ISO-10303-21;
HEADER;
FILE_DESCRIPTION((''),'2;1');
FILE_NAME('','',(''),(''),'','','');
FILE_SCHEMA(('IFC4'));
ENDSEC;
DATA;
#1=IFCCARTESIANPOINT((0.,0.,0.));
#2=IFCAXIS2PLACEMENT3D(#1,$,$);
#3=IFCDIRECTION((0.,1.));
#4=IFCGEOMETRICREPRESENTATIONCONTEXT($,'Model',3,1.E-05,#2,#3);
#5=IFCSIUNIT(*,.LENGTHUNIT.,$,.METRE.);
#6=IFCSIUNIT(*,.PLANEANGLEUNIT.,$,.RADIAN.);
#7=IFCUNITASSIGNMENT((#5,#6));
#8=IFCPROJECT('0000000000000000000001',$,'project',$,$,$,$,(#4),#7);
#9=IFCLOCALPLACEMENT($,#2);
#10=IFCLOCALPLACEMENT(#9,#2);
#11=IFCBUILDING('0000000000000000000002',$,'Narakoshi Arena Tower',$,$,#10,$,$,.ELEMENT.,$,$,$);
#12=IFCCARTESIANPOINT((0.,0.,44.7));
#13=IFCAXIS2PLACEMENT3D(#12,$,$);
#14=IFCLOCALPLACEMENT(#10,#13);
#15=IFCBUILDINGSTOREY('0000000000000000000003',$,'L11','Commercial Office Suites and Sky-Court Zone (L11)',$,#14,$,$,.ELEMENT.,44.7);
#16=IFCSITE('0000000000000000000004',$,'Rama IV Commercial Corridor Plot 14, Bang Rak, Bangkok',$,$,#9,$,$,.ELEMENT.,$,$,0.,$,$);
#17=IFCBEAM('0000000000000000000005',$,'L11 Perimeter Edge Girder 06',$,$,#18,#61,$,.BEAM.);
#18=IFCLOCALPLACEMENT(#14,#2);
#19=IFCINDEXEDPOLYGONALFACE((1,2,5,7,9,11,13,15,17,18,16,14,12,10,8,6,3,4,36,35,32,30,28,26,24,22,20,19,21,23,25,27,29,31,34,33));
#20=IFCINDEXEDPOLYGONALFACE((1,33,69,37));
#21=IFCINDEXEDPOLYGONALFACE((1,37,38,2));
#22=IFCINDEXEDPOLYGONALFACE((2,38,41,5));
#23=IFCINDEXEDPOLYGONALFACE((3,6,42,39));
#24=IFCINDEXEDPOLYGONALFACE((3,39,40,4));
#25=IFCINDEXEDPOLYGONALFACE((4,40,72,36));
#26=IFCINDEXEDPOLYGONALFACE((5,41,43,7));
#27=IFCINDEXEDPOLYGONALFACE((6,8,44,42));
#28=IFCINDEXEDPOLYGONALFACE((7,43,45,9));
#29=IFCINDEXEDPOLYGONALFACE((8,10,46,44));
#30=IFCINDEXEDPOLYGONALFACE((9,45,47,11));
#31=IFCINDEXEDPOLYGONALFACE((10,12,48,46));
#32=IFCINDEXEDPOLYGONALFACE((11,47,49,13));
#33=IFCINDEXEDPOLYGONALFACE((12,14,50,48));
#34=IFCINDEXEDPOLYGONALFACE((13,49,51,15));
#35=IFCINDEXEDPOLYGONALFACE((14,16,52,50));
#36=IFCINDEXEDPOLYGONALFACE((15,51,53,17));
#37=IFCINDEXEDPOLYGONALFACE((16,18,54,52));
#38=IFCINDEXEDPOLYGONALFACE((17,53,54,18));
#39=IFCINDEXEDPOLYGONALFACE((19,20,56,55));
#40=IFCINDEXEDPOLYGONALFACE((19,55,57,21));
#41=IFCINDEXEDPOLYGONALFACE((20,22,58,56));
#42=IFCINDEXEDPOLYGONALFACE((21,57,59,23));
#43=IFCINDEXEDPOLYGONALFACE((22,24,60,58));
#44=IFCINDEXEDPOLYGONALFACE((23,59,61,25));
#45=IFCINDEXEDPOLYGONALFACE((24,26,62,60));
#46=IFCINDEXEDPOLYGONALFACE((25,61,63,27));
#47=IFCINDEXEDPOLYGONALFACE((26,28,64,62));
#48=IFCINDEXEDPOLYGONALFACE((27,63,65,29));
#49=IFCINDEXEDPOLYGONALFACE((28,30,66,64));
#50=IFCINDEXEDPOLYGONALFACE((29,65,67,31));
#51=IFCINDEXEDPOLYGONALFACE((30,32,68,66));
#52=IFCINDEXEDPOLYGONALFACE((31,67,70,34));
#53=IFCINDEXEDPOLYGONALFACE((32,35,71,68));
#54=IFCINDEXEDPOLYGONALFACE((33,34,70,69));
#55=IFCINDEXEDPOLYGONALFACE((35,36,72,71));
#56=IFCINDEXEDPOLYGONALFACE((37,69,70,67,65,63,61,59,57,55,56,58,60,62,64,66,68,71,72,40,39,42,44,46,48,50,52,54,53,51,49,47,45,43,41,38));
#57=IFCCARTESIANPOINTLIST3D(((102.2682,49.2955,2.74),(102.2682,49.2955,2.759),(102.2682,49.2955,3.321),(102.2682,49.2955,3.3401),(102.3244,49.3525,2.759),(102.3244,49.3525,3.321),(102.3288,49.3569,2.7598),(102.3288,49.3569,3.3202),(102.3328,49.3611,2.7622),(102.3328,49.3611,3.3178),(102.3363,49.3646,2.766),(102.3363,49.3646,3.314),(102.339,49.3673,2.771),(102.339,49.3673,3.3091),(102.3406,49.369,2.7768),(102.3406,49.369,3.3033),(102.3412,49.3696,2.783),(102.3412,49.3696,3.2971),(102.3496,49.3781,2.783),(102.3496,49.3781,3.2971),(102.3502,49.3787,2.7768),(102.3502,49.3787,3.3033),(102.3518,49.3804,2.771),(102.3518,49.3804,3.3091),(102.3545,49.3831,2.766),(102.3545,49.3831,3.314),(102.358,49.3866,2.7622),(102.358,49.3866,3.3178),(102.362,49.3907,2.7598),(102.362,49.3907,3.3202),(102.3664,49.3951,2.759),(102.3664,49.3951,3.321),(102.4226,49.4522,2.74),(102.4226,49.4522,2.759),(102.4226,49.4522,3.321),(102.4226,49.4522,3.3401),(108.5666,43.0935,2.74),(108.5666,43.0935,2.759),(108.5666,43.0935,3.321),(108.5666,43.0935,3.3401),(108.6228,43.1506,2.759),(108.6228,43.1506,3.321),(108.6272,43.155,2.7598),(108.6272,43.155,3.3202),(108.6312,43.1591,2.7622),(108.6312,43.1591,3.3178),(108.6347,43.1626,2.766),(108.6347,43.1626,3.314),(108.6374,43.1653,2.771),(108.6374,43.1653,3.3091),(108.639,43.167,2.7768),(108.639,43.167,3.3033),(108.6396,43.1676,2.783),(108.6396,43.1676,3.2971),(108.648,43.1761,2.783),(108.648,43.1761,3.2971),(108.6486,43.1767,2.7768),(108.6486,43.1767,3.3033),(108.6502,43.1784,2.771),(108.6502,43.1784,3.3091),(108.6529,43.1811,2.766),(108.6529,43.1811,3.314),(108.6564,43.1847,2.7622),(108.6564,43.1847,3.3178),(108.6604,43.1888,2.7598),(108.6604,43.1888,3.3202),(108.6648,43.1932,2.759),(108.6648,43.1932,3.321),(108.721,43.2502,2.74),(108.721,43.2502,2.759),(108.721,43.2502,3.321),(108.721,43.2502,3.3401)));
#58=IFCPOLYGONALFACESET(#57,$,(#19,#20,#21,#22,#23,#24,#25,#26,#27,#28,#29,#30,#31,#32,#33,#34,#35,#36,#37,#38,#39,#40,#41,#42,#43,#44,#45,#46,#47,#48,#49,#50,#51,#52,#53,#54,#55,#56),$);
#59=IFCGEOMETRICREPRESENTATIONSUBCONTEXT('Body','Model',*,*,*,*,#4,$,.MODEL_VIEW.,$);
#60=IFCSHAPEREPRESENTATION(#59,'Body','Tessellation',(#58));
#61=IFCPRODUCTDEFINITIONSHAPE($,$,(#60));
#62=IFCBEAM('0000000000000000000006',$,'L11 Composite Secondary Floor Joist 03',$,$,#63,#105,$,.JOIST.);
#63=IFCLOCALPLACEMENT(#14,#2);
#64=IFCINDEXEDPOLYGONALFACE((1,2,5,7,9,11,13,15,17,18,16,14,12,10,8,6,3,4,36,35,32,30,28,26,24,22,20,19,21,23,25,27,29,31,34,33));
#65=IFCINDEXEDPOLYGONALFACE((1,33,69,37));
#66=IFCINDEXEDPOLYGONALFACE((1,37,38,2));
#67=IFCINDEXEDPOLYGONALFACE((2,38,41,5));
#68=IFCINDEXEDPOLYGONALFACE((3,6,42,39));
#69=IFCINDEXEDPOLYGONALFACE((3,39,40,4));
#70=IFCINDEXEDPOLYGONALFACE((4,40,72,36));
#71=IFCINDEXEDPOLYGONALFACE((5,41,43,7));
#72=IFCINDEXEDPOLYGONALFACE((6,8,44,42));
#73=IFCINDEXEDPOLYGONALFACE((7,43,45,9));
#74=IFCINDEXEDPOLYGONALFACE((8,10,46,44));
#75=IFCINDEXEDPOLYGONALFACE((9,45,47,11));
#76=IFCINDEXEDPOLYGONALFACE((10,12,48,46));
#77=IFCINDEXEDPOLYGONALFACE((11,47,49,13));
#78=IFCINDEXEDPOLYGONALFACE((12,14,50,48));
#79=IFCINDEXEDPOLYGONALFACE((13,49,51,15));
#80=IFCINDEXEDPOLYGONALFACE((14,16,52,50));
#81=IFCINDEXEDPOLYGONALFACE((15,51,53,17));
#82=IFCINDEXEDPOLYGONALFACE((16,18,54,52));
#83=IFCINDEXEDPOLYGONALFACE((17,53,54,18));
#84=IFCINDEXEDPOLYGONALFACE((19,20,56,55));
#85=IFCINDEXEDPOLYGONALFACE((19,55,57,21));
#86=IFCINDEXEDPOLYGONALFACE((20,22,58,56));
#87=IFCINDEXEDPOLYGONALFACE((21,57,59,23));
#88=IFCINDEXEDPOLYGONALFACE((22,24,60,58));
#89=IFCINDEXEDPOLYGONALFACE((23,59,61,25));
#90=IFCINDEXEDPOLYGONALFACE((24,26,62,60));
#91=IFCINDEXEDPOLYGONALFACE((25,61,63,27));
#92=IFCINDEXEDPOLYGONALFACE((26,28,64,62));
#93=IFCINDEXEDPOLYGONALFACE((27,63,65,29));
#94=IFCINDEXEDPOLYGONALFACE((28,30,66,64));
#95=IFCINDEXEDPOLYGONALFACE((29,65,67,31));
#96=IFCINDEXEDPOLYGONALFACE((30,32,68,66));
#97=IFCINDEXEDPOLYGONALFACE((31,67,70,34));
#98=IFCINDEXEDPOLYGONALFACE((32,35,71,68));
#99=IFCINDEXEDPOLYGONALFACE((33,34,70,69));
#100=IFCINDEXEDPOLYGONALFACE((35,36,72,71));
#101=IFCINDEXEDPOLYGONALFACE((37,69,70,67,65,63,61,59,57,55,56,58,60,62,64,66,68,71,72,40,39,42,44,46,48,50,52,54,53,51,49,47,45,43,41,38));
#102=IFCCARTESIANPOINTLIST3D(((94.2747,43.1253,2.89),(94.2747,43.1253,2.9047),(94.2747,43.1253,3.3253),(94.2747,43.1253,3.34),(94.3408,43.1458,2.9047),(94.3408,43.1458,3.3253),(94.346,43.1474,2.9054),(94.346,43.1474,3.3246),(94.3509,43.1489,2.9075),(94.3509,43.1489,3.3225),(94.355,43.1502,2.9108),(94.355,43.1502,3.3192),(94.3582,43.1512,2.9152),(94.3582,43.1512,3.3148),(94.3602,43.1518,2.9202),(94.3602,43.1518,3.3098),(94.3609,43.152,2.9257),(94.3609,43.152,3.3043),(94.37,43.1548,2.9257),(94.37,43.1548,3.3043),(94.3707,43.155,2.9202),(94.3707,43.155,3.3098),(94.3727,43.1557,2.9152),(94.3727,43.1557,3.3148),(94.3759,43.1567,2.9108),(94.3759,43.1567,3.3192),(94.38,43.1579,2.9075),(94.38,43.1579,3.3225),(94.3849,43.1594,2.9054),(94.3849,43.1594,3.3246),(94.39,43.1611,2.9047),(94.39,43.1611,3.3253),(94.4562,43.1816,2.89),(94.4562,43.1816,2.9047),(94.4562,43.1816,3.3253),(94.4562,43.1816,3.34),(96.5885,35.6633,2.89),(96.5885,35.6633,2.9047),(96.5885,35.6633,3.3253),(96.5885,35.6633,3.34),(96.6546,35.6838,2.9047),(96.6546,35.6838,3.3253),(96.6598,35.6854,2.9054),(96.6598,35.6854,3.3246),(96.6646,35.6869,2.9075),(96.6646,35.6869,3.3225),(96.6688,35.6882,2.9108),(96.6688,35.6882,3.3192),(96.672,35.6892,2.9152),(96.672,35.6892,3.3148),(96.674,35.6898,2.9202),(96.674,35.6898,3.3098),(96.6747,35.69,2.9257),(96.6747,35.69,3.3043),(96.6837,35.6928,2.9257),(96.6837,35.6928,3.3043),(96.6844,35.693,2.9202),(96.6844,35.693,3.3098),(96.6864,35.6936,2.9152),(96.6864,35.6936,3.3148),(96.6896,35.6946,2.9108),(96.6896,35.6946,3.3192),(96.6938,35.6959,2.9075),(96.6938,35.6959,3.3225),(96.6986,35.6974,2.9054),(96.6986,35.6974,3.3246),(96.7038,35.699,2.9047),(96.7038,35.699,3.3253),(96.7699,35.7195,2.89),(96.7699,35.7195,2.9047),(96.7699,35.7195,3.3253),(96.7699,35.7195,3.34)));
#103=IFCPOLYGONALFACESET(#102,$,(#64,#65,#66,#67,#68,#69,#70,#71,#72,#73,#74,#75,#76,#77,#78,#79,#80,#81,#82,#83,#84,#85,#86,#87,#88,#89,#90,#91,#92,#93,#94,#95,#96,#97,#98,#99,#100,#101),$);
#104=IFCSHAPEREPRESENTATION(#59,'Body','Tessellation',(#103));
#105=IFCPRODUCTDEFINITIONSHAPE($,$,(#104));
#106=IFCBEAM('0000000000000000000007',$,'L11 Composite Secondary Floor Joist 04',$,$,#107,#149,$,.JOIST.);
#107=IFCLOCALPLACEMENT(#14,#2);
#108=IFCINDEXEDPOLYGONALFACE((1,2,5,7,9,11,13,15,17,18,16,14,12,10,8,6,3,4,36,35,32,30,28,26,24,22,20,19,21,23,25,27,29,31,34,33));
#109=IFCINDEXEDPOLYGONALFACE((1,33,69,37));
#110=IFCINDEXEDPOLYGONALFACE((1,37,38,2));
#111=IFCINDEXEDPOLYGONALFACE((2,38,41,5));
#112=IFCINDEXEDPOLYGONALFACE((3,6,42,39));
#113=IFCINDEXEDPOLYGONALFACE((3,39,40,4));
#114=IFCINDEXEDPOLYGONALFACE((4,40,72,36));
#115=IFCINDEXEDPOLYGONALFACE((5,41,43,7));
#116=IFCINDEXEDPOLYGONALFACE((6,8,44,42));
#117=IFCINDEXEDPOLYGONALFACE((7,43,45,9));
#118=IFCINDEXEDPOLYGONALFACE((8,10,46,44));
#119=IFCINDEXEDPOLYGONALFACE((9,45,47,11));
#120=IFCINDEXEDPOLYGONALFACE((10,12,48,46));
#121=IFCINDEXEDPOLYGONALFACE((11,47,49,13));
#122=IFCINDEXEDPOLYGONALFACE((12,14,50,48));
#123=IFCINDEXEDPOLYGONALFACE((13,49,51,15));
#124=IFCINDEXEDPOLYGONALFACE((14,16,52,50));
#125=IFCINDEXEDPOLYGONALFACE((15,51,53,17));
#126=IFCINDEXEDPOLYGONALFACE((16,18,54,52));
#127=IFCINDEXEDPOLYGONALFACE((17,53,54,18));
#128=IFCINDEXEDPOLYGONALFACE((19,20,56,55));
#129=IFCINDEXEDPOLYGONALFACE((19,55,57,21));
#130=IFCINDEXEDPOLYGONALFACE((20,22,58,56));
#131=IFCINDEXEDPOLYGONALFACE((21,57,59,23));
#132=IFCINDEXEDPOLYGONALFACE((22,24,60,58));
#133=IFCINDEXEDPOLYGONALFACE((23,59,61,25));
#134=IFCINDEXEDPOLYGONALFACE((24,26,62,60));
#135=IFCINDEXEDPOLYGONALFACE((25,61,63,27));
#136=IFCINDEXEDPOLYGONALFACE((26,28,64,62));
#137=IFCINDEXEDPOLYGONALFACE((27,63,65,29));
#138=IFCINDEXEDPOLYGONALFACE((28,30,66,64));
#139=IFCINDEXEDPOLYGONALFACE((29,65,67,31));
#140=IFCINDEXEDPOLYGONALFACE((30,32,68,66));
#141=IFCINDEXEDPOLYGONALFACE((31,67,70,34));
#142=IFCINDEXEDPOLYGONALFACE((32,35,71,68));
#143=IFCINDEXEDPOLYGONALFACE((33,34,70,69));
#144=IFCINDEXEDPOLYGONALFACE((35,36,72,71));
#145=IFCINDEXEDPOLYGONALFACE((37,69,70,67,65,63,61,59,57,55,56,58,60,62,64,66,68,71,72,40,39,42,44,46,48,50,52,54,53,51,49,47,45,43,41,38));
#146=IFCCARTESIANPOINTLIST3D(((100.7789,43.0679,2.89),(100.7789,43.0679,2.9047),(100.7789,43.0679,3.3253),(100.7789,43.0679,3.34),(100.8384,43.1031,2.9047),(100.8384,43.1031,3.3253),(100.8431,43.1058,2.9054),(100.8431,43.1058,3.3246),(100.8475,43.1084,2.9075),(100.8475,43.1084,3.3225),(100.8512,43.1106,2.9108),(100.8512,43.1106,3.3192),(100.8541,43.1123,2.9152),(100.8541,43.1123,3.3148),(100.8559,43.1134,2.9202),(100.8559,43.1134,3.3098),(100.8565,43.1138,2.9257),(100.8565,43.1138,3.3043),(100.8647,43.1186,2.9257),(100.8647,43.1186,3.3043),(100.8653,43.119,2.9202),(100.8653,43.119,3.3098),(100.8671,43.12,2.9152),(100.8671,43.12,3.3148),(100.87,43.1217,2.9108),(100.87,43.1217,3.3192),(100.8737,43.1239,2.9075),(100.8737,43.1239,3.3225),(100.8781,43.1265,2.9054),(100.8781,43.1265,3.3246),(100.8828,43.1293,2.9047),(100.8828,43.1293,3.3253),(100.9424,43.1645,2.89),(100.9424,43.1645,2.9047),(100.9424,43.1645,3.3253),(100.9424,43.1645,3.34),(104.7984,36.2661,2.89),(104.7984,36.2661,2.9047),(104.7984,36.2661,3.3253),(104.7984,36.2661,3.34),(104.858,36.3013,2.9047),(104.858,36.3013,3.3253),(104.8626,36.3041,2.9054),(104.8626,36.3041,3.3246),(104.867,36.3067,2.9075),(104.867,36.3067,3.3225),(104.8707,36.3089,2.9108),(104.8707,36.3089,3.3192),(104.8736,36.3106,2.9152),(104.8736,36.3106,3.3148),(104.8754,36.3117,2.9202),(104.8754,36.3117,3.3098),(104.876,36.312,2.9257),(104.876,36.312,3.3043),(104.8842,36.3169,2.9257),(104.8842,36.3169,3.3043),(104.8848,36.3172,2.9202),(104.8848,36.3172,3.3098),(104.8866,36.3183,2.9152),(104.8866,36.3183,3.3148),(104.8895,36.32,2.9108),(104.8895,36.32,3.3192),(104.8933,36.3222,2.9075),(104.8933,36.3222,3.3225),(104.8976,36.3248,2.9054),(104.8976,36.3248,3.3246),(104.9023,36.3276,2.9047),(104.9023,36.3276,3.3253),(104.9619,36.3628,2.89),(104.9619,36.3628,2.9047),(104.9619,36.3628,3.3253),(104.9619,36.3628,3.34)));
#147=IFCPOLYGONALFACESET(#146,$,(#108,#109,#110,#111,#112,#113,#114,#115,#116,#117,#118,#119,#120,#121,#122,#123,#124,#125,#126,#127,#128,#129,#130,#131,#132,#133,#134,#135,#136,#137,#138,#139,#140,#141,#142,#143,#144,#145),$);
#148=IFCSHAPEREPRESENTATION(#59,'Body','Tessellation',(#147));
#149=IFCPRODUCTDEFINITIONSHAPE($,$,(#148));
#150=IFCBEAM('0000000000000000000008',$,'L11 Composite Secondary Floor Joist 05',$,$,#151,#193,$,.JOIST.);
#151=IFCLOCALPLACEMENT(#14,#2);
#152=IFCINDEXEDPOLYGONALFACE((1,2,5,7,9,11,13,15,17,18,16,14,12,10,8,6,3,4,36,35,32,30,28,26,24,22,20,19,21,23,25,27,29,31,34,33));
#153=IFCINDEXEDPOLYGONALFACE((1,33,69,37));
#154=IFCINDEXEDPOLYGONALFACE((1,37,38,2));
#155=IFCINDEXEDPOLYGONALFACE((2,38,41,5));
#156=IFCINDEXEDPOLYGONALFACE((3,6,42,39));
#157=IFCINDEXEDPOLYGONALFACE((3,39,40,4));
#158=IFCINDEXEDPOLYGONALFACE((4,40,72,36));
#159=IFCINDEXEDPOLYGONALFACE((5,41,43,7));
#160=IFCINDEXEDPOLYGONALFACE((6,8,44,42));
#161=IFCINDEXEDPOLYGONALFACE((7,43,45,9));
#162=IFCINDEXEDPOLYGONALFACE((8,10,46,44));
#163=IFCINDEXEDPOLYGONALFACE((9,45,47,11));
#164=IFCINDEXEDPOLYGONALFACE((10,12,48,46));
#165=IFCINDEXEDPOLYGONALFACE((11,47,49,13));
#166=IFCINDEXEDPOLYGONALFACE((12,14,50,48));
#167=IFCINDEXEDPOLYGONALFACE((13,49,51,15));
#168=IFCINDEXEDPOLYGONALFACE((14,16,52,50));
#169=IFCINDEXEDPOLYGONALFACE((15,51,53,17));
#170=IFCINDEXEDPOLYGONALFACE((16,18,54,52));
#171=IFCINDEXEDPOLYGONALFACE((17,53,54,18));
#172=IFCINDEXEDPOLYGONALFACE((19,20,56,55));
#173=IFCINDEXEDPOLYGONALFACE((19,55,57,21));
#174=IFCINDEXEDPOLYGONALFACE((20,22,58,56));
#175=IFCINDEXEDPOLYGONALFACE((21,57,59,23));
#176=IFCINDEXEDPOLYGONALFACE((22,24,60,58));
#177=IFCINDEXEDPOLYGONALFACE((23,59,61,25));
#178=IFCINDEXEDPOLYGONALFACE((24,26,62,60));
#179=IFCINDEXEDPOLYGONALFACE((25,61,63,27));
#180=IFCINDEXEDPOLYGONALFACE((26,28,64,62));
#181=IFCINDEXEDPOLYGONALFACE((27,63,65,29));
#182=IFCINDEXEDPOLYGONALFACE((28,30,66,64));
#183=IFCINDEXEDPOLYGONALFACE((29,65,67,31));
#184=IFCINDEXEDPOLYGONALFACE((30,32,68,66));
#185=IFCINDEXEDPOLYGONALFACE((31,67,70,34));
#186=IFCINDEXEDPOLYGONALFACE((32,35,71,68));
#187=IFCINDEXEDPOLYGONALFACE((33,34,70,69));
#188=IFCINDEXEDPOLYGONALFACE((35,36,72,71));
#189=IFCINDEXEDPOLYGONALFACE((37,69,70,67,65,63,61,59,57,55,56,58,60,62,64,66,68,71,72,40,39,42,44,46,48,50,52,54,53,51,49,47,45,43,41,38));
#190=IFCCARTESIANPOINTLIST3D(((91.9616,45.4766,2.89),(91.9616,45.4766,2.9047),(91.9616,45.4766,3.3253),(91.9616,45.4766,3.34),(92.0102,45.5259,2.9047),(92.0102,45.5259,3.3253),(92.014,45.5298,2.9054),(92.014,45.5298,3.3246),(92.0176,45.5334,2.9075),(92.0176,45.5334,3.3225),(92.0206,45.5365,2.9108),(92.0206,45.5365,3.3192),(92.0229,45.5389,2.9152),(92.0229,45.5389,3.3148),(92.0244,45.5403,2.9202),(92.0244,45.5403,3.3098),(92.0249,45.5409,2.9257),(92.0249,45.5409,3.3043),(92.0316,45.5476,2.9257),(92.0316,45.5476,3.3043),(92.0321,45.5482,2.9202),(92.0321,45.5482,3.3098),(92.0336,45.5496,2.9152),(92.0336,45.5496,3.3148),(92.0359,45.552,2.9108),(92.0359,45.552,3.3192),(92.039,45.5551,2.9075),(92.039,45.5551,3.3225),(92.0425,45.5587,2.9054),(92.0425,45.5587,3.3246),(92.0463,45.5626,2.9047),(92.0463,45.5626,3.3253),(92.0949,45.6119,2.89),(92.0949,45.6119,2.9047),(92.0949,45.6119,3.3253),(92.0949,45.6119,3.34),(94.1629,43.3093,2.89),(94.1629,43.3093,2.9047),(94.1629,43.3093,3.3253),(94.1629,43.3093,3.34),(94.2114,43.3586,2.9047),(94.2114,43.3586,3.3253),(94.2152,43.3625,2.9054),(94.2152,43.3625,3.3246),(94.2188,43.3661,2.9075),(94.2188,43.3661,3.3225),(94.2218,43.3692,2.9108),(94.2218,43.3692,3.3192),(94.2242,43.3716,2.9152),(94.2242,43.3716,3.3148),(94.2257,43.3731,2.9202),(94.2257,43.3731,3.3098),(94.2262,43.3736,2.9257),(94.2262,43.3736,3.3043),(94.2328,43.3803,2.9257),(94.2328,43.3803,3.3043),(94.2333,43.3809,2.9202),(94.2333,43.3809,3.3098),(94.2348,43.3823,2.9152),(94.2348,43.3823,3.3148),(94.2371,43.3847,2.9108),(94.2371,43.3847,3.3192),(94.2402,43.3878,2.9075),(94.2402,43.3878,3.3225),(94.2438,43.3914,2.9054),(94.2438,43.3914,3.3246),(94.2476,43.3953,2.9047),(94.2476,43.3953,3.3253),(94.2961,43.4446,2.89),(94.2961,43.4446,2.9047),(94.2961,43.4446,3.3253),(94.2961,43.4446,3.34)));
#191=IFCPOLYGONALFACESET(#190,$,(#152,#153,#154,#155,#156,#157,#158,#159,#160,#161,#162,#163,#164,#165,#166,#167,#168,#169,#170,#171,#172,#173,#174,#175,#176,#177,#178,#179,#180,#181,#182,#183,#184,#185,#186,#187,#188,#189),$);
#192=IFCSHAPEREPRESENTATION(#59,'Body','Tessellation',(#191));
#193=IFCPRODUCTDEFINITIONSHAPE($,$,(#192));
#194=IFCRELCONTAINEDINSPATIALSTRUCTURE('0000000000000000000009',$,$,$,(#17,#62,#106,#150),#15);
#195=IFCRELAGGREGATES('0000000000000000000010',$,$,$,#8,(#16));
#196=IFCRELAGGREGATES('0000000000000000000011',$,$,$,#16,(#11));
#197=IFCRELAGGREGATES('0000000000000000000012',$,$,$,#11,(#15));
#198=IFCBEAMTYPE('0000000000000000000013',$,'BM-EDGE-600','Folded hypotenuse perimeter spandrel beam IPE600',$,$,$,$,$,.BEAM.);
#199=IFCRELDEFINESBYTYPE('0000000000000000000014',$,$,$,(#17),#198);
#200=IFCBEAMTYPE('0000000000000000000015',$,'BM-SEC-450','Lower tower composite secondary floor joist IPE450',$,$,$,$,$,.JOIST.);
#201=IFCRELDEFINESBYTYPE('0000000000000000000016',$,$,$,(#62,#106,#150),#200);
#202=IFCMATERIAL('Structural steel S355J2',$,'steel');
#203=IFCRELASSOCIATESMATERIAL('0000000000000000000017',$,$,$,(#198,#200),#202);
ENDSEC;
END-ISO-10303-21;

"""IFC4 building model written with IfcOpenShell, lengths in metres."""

from ifc_helpers import new_model, si_unit, direction, frame, origin, origin_2d, place, context, subcontext, project, spatial, i_section, extrude, material, material_profile, profile_set, type_object, element, save


model = new_model("IFC4")

# Units and contexts
model_context = context("Model", 3, precision=1e-05, world=origin(), true_north=direction((0.0, 1.0)))
body_context = subcontext(model_context, "Body", "Model", "MODEL_VIEW")
ifc_project = project(units=[si_unit("LENGTHUNIT", "METRE"), si_unit("PLANEANGLEUNIT", "RADIAN")], contexts=[model_context])

# Site, building, storey
site_placement = place(None, origin())
site = spatial("IfcSite", under=ifc_project, at=site_placement, Name="Rama IV Commercial Corridor Plot 14, Bang Rak, Bangkok", CompositionType="ELEMENT", RefElevation=0.0)
building_placement = place(site_placement, origin())
building = spatial("IfcBuilding", under=site, at=building_placement, Name="Narakoshi Arena Tower", CompositionType="ELEMENT")
storey_placement = place(building_placement, frame((0.0, 0.0, 44.7)))
storey = spatial("IfcBuildingStorey", under=building, at=storey_placement, Name="L11", Description="Commercial Office Suites and Sky-Court Zone (L11)", CompositionType="ELEMENT", Elevation=44.7)

# Beams
ifc_material_1 = material(Name="Structural steel S355J2", Category="steel")
ifc_material_profile_1 = material_profile(ifc_material_1, i_section(OverallWidth=0.22, OverallDepth=0.6001, WebThickness=0.012, FlangeThickness=0.019, FilletRadius=0.0239, at=origin_2d()), Name="IPE600")
ifc_profile_set_1 = profile_set([ifc_material_profile_1], Name="Structural steel S355J2")
beam_type_1 = type_object("IfcBeamType", Name="BM-EDGE-600", Description="Folded hypotenuse perimeter spandrel beam IPE600", PredefinedType="BEAM", material=ifc_profile_set_1)
for number, where, z_axis, x_axis, name in (
    (1, (108.6438, 43.1719, 3.04), (-0.712541, 0.701631, 0.0), (-0.701631, -0.712541, 0.0), "L11 Perimeter Edge Girder 06"),
):
    element("IfcBeam", number, at=place(storey_placement, frame(where, z_axis=z_axis, x_axis=x_axis)), inside=storey, type_object=beam_type_1, Name=name, PredefinedType="BEAM", context=body_context, shape_type="SweptSolid", body=[
        extrude(i_section(OverallWidth=0.22, OverallDepth=0.6001, WebThickness=0.012, FlangeThickness=0.019, FilletRadius=0.0239, at=origin_2d()), origin(), (0.0, 0.0, 1.0), 8.8394),
    ])
ifc_material_profile_2 = material_profile(ifc_material_1, i_section(OverallWidth=0.1899, OverallDepth=0.45, WebThickness=0.0095, FlangeThickness=0.0146, FilletRadius=0.021, at=origin_2d()), Name="IPE450")
ifc_profile_set_2 = profile_set([ifc_material_profile_2], Name="Structural steel S355J2")
beam_type_2 = type_object("IfcBeamType", Name="BM-SEC-450", Description="Lower tower composite secondary floor joist IPE450", PredefinedType="JOIST", material=ifc_profile_set_2)
beam_1_placement = place(storey_placement, frame((96.6792, 35.6914, 3.115), z_axis=(-0.29616, 0.955138, 0.0), x_axis=(-0.955138, -0.29616, 0.0)))
element("IfcBeam", 2, at=beam_1_placement, inside=storey, type_object=beam_type_2, Name="L11 Composite Secondary Floor Joist 03", PredefinedType="JOIST", context=body_context, shape_type="SweptSolid", body=[
    extrude(i_section(OverallWidth=0.1899, OverallDepth=0.45, WebThickness=0.0095, FlangeThickness=0.0146, FilletRadius=0.021, at=origin_2d()), origin(), (0.0, 0.0, 1.0), 7.8125),
])
beam_2_placement = place(storey_placement, frame((104.8801, 36.3145, 3.115), z_axis=(-0.508758, 0.860909, 0.0), x_axis=(-0.860909, -0.508758, 0.0)))
element("IfcBeam", 3, at=beam_2_placement, inside=storey, type_object=beam_type_2, Name="L11 Composite Secondary Floor Joist 04", PredefinedType="JOIST", context=body_context, shape_type="SweptSolid", body=[
    extrude(i_section(OverallWidth=0.1899, OverallDepth=0.45, WebThickness=0.0095, FlangeThickness=0.0146, FilletRadius=0.021, at=origin_2d()), origin(), (0.0, 0.0, 1.0), 7.9006),
])
beam_3_placement = place(storey_placement, frame((94.2295, 43.377, 3.115), z_axis=(-0.712578, 0.701593, 0.0), x_axis=(-0.701593, -0.712578, 0.0)))
element("IfcBeam", 4, at=beam_3_placement, inside=storey, type_object=beam_type_2, Name="L11 Composite Secondary Floor Joist 05", PredefinedType="JOIST", context=body_context, shape_type="SweptSolid", body=[
    extrude(i_section(OverallWidth=0.1899, OverallDepth=0.45, WebThickness=0.0095, FlangeThickness=0.0146, FilletRadius=0.021, at=origin_2d()), origin(), (0.0, 0.0, 1.0), 3.0891),
])

save(model, "model.ifc")
